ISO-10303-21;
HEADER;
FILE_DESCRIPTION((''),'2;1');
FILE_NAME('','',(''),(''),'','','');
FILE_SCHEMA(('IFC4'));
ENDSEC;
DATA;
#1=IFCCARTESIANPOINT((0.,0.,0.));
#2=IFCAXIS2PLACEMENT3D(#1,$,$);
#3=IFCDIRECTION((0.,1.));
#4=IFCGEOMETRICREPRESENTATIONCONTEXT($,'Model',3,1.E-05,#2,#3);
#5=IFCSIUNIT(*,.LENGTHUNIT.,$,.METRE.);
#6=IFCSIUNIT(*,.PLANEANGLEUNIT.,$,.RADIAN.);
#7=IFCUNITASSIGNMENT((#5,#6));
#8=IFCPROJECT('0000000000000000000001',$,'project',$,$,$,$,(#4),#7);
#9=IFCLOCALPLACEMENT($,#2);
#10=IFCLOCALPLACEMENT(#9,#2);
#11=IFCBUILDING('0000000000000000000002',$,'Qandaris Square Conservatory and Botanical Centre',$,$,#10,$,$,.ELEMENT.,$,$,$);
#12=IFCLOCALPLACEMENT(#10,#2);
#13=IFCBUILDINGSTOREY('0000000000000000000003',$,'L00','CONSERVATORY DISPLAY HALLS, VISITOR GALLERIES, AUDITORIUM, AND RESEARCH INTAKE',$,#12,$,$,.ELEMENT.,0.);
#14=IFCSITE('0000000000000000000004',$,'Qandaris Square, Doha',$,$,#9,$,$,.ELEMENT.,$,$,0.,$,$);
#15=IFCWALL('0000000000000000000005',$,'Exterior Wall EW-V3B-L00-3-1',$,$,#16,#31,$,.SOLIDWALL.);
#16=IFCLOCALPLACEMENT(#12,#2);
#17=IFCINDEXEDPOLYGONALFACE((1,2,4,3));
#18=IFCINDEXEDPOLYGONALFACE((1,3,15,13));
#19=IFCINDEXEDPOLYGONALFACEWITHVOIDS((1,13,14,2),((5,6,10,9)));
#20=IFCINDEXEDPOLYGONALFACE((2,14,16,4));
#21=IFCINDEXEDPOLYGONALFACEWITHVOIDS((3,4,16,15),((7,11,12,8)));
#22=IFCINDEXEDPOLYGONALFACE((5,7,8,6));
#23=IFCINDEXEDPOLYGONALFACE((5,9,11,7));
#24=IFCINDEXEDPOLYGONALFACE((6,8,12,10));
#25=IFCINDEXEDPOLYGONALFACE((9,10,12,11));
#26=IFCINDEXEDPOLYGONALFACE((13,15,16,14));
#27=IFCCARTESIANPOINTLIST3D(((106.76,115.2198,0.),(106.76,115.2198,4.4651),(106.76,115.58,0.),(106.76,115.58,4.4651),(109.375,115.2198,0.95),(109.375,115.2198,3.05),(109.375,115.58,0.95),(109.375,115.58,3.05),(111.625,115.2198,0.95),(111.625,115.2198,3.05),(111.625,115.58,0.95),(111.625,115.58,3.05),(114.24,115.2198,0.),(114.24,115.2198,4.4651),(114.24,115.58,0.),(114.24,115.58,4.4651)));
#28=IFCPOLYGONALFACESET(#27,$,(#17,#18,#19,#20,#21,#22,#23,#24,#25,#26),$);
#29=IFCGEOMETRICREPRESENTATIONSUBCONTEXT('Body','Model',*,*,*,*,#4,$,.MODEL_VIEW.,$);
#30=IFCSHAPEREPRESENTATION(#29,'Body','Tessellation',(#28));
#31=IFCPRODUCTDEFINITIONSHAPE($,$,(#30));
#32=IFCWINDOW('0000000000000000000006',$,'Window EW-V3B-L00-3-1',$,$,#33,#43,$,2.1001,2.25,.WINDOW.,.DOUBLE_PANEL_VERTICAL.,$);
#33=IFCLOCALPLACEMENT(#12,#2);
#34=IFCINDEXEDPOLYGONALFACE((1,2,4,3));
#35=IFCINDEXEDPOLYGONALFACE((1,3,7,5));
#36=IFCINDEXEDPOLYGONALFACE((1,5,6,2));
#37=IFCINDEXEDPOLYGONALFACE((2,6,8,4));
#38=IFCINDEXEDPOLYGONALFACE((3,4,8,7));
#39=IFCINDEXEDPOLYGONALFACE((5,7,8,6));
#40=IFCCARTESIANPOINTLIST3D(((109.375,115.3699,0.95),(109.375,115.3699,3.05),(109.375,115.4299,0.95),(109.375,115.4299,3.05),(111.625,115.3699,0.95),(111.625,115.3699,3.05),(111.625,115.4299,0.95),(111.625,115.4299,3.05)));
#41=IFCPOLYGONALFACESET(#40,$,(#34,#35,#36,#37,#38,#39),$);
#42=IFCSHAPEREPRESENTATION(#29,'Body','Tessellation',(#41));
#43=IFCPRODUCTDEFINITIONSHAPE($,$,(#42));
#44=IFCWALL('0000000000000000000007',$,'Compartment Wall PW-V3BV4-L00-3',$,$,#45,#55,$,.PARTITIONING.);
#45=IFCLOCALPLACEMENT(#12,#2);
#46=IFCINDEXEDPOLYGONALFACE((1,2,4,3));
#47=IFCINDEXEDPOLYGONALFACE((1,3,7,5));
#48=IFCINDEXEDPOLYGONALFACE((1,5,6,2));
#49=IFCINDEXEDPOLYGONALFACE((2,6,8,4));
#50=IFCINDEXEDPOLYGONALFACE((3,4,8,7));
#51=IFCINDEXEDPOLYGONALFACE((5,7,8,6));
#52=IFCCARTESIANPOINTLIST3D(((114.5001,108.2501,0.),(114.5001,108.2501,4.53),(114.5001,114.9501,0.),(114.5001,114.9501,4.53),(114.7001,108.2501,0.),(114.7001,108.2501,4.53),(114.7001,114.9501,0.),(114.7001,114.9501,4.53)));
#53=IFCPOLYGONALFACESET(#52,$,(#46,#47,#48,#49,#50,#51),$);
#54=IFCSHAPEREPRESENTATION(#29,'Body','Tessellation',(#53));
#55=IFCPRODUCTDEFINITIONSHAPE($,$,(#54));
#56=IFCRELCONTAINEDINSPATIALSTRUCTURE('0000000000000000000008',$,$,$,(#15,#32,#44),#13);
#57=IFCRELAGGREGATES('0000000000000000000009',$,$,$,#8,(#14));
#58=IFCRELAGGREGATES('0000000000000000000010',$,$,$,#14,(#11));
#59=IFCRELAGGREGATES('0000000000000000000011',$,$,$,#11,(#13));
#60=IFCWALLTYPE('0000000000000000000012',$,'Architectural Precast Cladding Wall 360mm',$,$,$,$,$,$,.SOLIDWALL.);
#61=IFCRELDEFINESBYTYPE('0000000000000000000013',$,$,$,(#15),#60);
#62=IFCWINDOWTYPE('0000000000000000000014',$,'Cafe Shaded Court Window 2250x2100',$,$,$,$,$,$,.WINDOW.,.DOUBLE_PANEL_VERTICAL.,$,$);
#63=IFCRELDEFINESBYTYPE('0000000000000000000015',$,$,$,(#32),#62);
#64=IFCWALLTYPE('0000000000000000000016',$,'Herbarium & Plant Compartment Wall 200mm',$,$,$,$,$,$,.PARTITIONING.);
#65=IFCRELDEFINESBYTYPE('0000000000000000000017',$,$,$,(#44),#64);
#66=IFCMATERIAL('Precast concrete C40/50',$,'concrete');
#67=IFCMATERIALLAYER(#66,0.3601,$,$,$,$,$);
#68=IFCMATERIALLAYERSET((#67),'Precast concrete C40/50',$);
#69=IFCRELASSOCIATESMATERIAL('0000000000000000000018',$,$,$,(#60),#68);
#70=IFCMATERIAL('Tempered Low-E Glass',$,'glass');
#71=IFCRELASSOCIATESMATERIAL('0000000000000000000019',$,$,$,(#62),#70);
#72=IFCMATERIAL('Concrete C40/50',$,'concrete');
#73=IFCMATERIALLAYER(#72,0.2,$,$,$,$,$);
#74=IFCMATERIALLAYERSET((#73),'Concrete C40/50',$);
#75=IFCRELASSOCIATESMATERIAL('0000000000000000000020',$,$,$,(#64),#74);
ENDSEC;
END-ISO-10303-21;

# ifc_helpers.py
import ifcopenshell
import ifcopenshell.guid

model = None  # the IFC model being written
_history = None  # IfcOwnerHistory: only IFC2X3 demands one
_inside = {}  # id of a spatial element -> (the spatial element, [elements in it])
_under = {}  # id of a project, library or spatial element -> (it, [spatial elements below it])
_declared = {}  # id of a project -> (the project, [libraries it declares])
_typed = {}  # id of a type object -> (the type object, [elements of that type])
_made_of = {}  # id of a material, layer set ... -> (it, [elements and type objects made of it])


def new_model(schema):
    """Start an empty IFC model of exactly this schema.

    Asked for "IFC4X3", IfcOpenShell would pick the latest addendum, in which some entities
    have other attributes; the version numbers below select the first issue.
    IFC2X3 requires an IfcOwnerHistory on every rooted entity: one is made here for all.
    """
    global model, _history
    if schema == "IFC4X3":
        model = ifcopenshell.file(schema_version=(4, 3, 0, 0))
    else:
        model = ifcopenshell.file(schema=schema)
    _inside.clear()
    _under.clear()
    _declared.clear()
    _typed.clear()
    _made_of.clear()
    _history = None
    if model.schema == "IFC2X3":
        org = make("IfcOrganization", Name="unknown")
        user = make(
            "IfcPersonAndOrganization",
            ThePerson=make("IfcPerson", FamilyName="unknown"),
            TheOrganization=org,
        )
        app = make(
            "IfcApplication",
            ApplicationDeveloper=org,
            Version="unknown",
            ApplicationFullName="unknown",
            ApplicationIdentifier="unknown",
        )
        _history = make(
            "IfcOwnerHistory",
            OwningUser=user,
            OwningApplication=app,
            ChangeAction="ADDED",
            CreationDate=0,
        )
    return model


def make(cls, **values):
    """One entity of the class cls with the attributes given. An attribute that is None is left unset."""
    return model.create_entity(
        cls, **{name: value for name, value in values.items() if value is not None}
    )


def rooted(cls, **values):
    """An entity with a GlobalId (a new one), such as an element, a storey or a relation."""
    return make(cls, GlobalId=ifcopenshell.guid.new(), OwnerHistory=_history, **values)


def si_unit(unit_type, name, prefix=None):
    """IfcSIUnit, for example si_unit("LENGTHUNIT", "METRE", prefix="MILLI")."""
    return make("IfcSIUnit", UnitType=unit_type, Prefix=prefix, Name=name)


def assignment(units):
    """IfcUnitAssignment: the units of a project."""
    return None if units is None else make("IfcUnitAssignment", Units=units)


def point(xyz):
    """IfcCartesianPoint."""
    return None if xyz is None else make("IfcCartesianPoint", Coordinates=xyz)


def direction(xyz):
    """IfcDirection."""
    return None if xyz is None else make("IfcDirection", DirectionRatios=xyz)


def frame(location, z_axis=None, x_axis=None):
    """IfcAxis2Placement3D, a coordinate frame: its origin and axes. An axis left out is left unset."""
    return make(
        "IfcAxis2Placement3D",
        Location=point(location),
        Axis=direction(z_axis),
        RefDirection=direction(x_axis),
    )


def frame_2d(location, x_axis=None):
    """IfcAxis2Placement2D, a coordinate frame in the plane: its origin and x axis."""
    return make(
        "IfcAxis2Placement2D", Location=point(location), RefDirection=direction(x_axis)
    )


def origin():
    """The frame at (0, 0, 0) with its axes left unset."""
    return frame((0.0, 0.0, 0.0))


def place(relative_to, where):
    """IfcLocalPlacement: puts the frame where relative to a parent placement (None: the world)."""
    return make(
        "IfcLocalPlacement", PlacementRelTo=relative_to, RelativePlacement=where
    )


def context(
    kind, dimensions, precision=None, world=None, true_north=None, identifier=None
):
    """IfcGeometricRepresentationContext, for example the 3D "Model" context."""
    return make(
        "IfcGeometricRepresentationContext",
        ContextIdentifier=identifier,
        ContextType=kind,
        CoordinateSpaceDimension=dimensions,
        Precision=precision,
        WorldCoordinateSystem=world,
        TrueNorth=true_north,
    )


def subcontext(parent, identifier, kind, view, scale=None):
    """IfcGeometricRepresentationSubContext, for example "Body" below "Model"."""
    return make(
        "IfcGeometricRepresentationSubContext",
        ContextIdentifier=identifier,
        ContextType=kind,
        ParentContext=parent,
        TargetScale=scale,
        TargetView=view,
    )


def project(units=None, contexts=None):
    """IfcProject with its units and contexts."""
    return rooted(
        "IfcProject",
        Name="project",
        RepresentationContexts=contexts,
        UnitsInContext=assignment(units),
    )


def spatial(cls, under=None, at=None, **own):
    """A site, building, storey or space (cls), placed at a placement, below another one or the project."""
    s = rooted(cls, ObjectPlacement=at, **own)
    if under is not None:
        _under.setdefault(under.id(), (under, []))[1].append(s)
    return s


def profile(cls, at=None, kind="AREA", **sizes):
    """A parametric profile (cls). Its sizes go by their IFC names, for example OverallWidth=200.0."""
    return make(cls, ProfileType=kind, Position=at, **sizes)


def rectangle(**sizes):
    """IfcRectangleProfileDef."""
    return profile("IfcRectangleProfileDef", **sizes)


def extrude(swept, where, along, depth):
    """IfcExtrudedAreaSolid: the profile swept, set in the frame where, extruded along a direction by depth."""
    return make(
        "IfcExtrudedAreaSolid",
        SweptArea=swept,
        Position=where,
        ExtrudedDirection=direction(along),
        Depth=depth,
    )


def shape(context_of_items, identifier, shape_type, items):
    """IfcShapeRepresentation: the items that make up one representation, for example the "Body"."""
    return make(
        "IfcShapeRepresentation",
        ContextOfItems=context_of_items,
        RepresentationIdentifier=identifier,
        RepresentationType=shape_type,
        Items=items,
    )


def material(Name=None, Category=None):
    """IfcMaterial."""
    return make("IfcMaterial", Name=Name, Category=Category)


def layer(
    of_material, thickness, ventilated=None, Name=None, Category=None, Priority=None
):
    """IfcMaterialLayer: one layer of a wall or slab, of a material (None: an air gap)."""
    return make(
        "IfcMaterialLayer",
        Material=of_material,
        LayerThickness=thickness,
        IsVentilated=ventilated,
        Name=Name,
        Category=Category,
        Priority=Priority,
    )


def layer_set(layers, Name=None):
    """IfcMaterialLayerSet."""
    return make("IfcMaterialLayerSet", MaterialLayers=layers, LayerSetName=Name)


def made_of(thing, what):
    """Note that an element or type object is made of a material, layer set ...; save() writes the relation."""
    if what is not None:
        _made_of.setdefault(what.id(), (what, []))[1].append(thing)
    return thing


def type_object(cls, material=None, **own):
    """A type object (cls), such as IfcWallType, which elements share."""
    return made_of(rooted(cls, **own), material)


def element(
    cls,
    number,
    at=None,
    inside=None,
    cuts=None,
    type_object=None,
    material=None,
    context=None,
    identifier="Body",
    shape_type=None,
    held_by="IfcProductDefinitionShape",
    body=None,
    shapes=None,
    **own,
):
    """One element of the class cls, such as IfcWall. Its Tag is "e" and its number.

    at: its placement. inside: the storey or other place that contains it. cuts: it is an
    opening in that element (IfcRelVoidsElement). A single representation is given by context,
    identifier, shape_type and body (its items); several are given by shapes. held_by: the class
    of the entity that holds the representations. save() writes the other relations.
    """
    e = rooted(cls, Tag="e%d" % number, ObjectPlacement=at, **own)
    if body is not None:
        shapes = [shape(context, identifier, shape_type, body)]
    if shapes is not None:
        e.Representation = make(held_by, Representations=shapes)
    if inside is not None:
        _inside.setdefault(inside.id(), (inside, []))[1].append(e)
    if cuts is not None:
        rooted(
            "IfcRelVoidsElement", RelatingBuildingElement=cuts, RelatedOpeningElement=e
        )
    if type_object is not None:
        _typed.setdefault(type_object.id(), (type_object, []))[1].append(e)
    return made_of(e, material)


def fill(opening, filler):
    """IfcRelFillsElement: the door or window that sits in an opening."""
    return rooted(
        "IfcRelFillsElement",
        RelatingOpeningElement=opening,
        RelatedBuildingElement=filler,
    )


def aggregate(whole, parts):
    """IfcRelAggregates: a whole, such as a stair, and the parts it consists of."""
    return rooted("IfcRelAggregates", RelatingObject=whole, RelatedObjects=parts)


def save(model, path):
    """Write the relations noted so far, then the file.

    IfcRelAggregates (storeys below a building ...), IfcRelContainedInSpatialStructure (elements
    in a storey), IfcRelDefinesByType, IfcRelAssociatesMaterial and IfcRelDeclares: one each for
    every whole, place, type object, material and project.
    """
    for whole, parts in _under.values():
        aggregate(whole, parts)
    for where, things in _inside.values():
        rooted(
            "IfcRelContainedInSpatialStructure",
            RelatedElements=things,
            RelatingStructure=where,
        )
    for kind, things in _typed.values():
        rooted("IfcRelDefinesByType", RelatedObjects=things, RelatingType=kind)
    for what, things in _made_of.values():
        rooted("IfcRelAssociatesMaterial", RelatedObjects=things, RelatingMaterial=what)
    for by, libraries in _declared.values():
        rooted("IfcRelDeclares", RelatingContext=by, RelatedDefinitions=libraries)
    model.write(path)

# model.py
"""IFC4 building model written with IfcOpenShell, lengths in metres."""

from ifc_helpers import new_model, si_unit, direction, frame, frame_2d, origin, place, context, subcontext, project, spatial, rectangle, extrude, material, layer, layer_set, type_object, element, fill, save


model = new_model("IFC4")

# Units and contexts
model_context = context("Model", 3, precision=1e-05, world=origin(), true_north=direction((0.0, 1.0)))
body_context = subcontext(model_context, "Body", "Model", "MODEL_VIEW")
ifc_project = project(units=[si_unit("LENGTHUNIT", "METRE"), si_unit("PLANEANGLEUNIT", "RADIAN")], contexts=[model_context])

# Site, building, storey
site_placement = place(None, origin())
site = spatial("IfcSite", under=ifc_project, at=site_placement, Name="Qandaris Square, Doha", CompositionType="ELEMENT", RefElevation=0.0)
building_placement = place(site_placement, origin())
building = spatial("IfcBuilding", under=site, at=building_placement, Name="Qandaris Square Conservatory and Botanical Centre", CompositionType="ELEMENT")
storey_placement = place(building_placement, origin())
storey = spatial("IfcBuildingStorey", under=building, at=storey_placement, Name="L00", Description="CONSERVATORY DISPLAY HALLS, VISITOR GALLERIES, AUDITORIUM, AND RESEARCH INTAKE", CompositionType="ELEMENT", Elevation=0.0)

# Shared definitions
ifc_material_1 = material(Name="Concrete C40/50", Category="concrete")

# Shared definitions
ifc_material_2 = material(Name="Tempered Low-E Glass", Category="glass")

# Wall, opening, window
ifc_material_3 = material(Name="Precast concrete C40/50", Category="concrete")
ifc_layer_1 = layer(ifc_material_3, 0.3601)
ifc_layer_set_1 = layer_set([ifc_layer_1], Name="Precast concrete C40/50")
wall_type_1 = type_object("IfcWallType", Name="Architectural Precast Cladding Wall 360mm", PredefinedType="SOLIDWALL", material=ifc_layer_set_1)
wall_1_placement = place(storey_placement, frame((114.24, 115.3999, 0.0), z_axis=(0.0, 0.0, 1.0), x_axis=(-1.0, 0.0, 0.0)))
wall_1 = element("IfcWall", 1, at=wall_1_placement, inside=storey, type_object=wall_type_1, Name="Exterior Wall EW-V3B-L00-3-1", PredefinedType="SOLIDWALL", context=body_context, shape_type="SweptSolid", body=[
    extrude(rectangle(XDim=7.48, YDim=0.3601, at=frame_2d((3.74, 0.0))), origin(), (0.0, 0.0, 1.0), 4.4651),
])
opening_placement = place(wall_1_placement, frame((2.615, 0.0, 0.95)))
opening = element("IfcOpeningElement", 2, at=opening_placement, cuts=wall_1, PredefinedType="OPENING", context=body_context, shape_type="SweptSolid", body=[
    extrude(rectangle(XDim=2.25, YDim=2.1001, at=frame_2d((1.125, 1.05))), frame((0.0, 0.1919, 0.0), z_axis=(0.0, -1.0, 0.0), x_axis=(1.0, 0.0, 0.0)), (0.0, 0.0, 1.0), 0.384),
])
window_type = type_object("IfcWindowType", Name="Cafe Shaded Court Window 2250x2100", PartitioningType="DOUBLE_PANEL_VERTICAL", PredefinedType="WINDOW", material=ifc_material_2)
window_placement = place(opening_placement, origin())
window = element("IfcWindow", 3, at=window_placement, inside=storey, type_object=window_type, Name="Window EW-V3B-L00-3-1", OverallHeight=2.1001, OverallWidth=2.25, PartitioningType="DOUBLE_PANEL_VERTICAL", PredefinedType="WINDOW", context=body_context, shape_type="SweptSolid", body=[
    extrude(rectangle(XDim=2.25, YDim=2.1001, at=frame_2d((1.125, 1.05))), frame((0.0, 0.03, 0.0), z_axis=(0.0, -1.0, 0.0), x_axis=(1.0, 0.0, 0.0)), (0.0, 0.0, 1.0), 0.0601),
])
fill(opening, window)

# Wall
ifc_layer_2 = layer(ifc_material_1, 0.2)
ifc_layer_set_2 = layer_set([ifc_layer_2], Name="Concrete C40/50")
wall_type_2 = type_object("IfcWallType", Name="Herbarium & Plant Compartment Wall 200mm", PredefinedType="PARTITIONING", material=ifc_layer_set_2)
wall_2_placement = place(storey_placement, frame((114.6001, 108.25, 0.0), z_axis=(0.0, 0.0, 1.0), x_axis=(0.0, 1.0, 0.0)))
element("IfcWall", 4, at=wall_2_placement, inside=storey, type_object=wall_type_2, Name="Compartment Wall PW-V3BV4-L00-3", PredefinedType="PARTITIONING", context=body_context, shape_type="SweptSolid", body=[
    extrude(rectangle(XDim=6.7, YDim=0.2, at=frame_2d((3.3501, 0.0))), origin(), (0.0, 0.0, 1.0), 4.53),
])

save(model, "model.ifc")
